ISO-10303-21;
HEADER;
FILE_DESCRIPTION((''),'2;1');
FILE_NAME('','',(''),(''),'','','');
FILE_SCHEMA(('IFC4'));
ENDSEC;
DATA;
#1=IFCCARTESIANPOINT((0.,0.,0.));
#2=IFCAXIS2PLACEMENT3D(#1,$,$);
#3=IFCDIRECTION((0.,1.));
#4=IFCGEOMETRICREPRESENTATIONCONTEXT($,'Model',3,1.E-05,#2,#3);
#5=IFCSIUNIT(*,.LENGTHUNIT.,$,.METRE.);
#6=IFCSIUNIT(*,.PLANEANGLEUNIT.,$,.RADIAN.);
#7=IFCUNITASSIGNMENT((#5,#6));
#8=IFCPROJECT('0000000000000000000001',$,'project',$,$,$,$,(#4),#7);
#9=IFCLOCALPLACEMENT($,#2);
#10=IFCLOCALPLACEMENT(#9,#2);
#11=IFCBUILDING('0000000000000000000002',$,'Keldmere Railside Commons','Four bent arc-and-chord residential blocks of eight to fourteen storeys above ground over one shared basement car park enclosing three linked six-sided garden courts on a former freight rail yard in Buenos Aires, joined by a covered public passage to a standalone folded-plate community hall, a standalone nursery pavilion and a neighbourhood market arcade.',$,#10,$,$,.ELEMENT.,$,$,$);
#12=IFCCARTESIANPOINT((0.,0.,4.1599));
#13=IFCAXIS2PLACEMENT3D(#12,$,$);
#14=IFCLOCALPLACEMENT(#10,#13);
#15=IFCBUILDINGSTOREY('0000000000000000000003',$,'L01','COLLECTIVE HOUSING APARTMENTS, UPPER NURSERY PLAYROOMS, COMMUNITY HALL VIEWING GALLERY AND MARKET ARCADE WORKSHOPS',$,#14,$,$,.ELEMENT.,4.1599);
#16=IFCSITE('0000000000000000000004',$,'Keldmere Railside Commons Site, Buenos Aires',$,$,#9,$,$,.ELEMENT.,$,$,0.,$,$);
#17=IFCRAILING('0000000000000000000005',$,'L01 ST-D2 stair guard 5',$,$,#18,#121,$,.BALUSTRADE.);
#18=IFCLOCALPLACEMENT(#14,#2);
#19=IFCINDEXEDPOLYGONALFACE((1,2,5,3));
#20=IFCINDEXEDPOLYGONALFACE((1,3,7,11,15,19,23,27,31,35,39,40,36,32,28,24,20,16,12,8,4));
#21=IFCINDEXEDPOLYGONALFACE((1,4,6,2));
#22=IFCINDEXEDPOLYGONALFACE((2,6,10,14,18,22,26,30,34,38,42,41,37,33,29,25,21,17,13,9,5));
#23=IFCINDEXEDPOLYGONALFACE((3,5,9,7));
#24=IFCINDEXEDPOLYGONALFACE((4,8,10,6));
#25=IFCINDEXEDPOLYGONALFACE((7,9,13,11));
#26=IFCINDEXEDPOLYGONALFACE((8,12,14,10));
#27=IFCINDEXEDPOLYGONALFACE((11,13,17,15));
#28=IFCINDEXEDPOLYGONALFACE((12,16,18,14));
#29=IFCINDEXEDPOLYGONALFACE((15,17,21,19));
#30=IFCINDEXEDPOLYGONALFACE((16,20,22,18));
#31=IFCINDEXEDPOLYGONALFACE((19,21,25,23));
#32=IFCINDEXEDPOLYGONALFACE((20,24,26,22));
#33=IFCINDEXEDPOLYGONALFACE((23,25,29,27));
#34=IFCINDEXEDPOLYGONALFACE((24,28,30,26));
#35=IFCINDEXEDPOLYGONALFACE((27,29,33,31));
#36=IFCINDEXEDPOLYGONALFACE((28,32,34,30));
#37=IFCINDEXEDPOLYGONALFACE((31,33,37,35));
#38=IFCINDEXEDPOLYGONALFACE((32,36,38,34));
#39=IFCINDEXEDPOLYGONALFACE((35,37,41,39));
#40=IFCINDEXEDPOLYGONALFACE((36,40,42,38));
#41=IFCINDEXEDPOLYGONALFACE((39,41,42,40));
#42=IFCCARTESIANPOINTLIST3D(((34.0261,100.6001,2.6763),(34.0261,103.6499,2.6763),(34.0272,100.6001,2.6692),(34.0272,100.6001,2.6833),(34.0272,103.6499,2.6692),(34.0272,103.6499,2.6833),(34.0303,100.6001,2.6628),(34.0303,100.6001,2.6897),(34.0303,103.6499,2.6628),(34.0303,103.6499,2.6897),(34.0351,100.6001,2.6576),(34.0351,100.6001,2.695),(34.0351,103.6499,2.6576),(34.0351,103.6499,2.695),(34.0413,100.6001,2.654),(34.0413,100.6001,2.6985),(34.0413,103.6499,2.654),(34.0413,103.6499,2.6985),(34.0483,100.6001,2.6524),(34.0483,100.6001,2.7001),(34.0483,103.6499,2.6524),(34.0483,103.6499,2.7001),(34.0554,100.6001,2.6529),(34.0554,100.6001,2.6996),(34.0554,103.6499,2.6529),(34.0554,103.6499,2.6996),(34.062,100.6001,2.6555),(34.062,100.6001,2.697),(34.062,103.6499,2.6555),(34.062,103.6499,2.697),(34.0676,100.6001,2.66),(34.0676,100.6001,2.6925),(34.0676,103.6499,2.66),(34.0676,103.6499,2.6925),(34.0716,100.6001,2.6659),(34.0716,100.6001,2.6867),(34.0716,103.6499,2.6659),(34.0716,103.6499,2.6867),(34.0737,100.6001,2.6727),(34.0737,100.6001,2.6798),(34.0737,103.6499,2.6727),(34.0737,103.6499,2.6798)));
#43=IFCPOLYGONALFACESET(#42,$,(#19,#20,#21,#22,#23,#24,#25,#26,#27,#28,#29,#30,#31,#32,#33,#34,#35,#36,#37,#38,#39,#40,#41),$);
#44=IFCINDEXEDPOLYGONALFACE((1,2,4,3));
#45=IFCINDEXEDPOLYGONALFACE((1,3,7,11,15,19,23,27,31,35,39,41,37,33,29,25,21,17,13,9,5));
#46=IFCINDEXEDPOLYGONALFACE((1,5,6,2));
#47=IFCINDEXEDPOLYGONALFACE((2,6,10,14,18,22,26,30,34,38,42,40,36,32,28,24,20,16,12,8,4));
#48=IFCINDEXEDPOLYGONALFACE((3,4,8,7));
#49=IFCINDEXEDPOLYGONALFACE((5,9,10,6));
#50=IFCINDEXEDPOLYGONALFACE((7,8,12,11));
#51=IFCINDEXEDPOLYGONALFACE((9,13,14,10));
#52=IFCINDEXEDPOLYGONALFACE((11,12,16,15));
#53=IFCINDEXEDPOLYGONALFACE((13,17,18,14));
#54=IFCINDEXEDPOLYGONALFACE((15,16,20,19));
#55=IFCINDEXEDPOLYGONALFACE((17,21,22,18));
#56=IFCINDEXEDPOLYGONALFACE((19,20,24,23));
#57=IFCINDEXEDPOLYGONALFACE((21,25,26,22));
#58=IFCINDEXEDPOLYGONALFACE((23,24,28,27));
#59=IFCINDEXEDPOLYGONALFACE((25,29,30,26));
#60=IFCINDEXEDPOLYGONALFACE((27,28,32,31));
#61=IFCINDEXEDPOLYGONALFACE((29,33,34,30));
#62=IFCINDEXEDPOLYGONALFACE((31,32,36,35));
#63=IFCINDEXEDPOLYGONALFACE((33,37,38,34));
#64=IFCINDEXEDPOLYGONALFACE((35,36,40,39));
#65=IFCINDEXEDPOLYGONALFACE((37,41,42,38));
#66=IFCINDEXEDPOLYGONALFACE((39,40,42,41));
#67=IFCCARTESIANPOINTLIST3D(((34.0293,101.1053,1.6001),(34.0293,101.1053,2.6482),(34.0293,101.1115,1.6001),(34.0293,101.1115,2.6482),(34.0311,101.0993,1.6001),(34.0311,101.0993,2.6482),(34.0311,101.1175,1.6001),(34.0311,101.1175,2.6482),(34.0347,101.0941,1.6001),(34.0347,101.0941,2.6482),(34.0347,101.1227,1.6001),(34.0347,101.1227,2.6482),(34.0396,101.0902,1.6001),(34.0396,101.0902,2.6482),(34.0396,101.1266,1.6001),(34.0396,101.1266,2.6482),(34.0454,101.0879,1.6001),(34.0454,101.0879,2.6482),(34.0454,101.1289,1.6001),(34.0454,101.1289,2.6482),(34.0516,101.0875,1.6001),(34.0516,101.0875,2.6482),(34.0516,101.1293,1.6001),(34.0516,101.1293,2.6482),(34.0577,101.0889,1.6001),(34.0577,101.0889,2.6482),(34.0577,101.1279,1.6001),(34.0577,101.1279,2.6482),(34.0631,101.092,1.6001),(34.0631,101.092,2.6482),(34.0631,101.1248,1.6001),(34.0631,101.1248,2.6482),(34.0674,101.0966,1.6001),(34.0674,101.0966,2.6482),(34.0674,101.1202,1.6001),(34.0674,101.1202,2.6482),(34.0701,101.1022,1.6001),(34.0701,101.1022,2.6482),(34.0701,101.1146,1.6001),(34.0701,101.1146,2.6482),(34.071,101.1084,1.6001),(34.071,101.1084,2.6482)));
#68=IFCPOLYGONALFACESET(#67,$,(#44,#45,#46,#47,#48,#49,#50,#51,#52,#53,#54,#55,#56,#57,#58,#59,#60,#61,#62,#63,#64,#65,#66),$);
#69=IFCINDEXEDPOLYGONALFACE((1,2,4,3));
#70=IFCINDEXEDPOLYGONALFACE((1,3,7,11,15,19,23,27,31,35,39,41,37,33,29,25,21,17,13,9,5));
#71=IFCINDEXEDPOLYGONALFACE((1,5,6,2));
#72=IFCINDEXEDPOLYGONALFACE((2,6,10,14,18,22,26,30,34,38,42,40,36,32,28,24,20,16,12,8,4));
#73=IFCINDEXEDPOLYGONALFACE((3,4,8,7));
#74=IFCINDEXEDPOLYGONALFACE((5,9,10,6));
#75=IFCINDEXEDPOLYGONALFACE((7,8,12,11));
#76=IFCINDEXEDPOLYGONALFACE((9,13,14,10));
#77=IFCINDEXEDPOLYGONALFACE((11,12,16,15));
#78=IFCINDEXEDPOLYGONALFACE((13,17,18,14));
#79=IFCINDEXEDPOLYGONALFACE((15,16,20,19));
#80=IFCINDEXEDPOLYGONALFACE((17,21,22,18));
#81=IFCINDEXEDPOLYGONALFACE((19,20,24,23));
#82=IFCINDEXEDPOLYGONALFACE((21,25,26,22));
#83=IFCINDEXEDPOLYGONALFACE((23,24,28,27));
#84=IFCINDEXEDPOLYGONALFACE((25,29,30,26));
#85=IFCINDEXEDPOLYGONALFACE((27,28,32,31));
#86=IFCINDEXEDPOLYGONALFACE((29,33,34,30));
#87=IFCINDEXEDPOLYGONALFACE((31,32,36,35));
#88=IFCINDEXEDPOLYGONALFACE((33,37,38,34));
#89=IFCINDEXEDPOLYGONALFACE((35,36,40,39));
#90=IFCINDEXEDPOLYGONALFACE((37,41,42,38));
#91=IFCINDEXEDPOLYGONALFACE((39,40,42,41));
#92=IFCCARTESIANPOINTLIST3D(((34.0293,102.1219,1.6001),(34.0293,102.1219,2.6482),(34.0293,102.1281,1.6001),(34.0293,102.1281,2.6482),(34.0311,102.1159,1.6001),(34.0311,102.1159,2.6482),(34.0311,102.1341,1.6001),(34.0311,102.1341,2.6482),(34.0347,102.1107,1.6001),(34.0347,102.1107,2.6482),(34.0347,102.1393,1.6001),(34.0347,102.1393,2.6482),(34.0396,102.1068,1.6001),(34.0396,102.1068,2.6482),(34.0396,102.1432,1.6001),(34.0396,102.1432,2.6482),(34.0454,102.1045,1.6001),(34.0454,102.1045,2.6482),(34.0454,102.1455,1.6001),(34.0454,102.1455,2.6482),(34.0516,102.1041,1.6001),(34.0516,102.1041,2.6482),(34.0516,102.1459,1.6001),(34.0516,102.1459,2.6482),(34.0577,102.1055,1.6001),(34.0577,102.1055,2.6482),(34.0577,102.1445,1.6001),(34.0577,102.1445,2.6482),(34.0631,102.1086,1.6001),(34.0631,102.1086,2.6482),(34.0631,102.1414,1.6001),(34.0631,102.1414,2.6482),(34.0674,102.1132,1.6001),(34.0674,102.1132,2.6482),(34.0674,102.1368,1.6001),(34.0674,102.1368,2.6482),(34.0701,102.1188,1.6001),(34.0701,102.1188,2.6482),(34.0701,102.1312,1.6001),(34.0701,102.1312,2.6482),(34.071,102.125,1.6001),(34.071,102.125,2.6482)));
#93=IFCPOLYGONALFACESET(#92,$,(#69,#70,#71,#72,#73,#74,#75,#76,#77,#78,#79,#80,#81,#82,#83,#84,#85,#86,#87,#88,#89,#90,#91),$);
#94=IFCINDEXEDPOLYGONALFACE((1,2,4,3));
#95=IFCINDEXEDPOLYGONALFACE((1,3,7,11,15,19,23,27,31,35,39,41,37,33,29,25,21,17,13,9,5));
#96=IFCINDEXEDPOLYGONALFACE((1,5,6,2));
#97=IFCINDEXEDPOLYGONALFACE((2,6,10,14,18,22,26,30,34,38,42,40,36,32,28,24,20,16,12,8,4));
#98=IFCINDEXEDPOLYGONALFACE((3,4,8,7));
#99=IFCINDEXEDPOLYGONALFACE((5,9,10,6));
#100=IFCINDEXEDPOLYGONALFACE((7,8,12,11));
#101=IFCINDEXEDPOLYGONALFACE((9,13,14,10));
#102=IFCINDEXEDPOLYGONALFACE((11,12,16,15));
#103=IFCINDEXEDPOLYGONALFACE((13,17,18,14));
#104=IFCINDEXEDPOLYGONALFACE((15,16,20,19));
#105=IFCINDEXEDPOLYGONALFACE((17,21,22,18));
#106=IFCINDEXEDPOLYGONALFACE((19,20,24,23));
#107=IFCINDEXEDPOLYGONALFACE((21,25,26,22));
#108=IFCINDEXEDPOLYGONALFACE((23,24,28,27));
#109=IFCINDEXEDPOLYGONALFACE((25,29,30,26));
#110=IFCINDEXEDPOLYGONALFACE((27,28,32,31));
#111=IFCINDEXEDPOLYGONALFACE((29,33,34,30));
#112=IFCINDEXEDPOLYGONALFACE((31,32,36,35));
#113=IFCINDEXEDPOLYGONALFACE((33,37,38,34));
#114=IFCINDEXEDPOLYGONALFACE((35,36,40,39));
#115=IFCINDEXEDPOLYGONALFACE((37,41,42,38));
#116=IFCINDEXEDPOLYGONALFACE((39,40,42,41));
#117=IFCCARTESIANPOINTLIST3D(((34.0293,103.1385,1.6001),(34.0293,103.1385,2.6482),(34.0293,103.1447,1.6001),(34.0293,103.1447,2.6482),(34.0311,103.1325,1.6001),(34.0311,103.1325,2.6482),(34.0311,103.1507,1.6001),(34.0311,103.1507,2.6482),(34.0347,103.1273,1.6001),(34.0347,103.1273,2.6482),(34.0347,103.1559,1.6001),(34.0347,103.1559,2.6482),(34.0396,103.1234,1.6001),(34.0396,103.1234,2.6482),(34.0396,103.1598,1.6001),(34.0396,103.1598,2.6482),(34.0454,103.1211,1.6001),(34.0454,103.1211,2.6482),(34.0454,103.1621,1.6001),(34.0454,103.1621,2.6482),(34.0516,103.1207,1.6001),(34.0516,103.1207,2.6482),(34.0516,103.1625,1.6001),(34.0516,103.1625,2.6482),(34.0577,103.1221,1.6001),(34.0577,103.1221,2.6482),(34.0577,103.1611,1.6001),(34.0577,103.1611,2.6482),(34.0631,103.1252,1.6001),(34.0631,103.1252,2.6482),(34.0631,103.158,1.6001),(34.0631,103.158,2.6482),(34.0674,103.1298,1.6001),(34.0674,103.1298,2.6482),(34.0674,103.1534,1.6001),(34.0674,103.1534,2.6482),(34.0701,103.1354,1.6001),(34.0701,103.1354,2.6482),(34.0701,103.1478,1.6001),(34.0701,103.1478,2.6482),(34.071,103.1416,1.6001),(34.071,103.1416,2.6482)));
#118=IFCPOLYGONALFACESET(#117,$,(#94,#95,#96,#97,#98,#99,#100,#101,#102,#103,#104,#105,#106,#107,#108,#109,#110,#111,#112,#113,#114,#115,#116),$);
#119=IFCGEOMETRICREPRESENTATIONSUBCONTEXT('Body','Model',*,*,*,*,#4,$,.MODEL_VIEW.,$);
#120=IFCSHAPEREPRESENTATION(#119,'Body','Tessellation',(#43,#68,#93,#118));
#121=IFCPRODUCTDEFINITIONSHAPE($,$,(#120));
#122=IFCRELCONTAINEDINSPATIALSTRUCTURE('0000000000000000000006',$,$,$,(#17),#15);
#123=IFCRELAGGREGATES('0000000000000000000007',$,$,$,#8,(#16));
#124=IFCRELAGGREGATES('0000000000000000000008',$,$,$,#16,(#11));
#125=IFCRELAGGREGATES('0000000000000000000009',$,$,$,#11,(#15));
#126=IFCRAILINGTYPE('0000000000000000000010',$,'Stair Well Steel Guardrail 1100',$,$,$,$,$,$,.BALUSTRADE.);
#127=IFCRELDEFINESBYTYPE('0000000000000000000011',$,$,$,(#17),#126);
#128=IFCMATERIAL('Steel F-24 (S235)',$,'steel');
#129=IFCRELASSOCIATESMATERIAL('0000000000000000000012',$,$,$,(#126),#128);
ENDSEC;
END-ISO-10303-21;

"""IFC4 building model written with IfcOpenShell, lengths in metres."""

from ifc_helpers import new_model, si_unit, direction, frame, origin, origin_2d, place, context, subcontext, project, spatial, circle, extrude, material, type_object, element, save


model = new_model("IFC4")

# Units and contexts
model_context = context("Model", 3, precision=1e-05, world=origin(), true_north=direction((0.0, 1.0)))
body_context = subcontext(model_context, "Body", "Model", "MODEL_VIEW")
ifc_project = project(units=[si_unit("LENGTHUNIT", "METRE"), si_unit("PLANEANGLEUNIT", "RADIAN")], contexts=[model_context])

# Site, building, storey
site_placement = place(None, origin())
site = spatial("IfcSite", under=ifc_project, at=site_placement, Name="Keldmere Railside Commons Site, Buenos Aires", CompositionType="ELEMENT", RefElevation=0.0)
building_placement = place(site_placement, origin())
building = spatial("IfcBuilding", under=site, at=building_placement, Name="Keldmere Railside Commons", Description="Four bent arc-and-chord residential blocks of eight to fourteen storeys above ground over one shared basement car park enclosing three linked six-sided garden courts on a former freight rail yard in Buenos Aires, joined by a covered public passage to a standalone folded-plate community hall, a standalone nursery pavilion and a neighbourhood market arcade.", CompositionType="ELEMENT")
storey_placement = place(building_placement, frame((0.0, 0.0, 4.1599)))
storey = spatial("IfcBuildingStorey", under=building, at=storey_placement, Name="L01", Description="COLLECTIVE HOUSING APARTMENTS, UPPER NURSERY PLAYROOMS, COMMUNITY HALL VIEWING GALLERY AND MARKET ARCADE WORKSHOPS", CompositionType="ELEMENT", Elevation=4.1599)

# Shared definitions
ifc_material_1 = material(Name="Steel F-24 (S235)", Category="steel")

# Railing
railing_type_1 = type_object("IfcRailingType", Name="Stair Well Steel Guardrail 1100", PredefinedType="BALUSTRADE", material=ifc_material_1)
railing_1_placement = place(storey_placement, frame((34.05, 100.6001, 1.6001)))
element("IfcRailing", 1, at=railing_1_placement, inside=storey, type_object=railing_type_1, Name="L01 ST-D2 stair guard 5", PredefinedType="BALUSTRADE", context=body_context, shape_type="SweptSolid", body=[
    extrude(circle(Radius=0.0239, at=origin_2d()), frame((0.0, 0.0, 1.0762), z_axis=(0.0, 1.0, 0.0), x_axis=(-1.0, 0.0, 0.0)), (0.0, 0.0, 1.0), 3.0498),
    extrude(circle(Radius=0.021, at=origin_2d()), frame((0.0, 0.5083, 0.0)), (0.0, 0.0, 1.0), 1.0481),
    extrude(circle(Radius=0.021, at=origin_2d()), frame((0.0, 1.5249, 0.0)), (0.0, 0.0, 1.0), 1.0481),
    extrude(circle(Radius=0.021, at=origin_2d()), frame((0.0, 2.5415, 0.0)), (0.0, 0.0, 1.0), 1.0481),
])

save(model, "model.ifc")
